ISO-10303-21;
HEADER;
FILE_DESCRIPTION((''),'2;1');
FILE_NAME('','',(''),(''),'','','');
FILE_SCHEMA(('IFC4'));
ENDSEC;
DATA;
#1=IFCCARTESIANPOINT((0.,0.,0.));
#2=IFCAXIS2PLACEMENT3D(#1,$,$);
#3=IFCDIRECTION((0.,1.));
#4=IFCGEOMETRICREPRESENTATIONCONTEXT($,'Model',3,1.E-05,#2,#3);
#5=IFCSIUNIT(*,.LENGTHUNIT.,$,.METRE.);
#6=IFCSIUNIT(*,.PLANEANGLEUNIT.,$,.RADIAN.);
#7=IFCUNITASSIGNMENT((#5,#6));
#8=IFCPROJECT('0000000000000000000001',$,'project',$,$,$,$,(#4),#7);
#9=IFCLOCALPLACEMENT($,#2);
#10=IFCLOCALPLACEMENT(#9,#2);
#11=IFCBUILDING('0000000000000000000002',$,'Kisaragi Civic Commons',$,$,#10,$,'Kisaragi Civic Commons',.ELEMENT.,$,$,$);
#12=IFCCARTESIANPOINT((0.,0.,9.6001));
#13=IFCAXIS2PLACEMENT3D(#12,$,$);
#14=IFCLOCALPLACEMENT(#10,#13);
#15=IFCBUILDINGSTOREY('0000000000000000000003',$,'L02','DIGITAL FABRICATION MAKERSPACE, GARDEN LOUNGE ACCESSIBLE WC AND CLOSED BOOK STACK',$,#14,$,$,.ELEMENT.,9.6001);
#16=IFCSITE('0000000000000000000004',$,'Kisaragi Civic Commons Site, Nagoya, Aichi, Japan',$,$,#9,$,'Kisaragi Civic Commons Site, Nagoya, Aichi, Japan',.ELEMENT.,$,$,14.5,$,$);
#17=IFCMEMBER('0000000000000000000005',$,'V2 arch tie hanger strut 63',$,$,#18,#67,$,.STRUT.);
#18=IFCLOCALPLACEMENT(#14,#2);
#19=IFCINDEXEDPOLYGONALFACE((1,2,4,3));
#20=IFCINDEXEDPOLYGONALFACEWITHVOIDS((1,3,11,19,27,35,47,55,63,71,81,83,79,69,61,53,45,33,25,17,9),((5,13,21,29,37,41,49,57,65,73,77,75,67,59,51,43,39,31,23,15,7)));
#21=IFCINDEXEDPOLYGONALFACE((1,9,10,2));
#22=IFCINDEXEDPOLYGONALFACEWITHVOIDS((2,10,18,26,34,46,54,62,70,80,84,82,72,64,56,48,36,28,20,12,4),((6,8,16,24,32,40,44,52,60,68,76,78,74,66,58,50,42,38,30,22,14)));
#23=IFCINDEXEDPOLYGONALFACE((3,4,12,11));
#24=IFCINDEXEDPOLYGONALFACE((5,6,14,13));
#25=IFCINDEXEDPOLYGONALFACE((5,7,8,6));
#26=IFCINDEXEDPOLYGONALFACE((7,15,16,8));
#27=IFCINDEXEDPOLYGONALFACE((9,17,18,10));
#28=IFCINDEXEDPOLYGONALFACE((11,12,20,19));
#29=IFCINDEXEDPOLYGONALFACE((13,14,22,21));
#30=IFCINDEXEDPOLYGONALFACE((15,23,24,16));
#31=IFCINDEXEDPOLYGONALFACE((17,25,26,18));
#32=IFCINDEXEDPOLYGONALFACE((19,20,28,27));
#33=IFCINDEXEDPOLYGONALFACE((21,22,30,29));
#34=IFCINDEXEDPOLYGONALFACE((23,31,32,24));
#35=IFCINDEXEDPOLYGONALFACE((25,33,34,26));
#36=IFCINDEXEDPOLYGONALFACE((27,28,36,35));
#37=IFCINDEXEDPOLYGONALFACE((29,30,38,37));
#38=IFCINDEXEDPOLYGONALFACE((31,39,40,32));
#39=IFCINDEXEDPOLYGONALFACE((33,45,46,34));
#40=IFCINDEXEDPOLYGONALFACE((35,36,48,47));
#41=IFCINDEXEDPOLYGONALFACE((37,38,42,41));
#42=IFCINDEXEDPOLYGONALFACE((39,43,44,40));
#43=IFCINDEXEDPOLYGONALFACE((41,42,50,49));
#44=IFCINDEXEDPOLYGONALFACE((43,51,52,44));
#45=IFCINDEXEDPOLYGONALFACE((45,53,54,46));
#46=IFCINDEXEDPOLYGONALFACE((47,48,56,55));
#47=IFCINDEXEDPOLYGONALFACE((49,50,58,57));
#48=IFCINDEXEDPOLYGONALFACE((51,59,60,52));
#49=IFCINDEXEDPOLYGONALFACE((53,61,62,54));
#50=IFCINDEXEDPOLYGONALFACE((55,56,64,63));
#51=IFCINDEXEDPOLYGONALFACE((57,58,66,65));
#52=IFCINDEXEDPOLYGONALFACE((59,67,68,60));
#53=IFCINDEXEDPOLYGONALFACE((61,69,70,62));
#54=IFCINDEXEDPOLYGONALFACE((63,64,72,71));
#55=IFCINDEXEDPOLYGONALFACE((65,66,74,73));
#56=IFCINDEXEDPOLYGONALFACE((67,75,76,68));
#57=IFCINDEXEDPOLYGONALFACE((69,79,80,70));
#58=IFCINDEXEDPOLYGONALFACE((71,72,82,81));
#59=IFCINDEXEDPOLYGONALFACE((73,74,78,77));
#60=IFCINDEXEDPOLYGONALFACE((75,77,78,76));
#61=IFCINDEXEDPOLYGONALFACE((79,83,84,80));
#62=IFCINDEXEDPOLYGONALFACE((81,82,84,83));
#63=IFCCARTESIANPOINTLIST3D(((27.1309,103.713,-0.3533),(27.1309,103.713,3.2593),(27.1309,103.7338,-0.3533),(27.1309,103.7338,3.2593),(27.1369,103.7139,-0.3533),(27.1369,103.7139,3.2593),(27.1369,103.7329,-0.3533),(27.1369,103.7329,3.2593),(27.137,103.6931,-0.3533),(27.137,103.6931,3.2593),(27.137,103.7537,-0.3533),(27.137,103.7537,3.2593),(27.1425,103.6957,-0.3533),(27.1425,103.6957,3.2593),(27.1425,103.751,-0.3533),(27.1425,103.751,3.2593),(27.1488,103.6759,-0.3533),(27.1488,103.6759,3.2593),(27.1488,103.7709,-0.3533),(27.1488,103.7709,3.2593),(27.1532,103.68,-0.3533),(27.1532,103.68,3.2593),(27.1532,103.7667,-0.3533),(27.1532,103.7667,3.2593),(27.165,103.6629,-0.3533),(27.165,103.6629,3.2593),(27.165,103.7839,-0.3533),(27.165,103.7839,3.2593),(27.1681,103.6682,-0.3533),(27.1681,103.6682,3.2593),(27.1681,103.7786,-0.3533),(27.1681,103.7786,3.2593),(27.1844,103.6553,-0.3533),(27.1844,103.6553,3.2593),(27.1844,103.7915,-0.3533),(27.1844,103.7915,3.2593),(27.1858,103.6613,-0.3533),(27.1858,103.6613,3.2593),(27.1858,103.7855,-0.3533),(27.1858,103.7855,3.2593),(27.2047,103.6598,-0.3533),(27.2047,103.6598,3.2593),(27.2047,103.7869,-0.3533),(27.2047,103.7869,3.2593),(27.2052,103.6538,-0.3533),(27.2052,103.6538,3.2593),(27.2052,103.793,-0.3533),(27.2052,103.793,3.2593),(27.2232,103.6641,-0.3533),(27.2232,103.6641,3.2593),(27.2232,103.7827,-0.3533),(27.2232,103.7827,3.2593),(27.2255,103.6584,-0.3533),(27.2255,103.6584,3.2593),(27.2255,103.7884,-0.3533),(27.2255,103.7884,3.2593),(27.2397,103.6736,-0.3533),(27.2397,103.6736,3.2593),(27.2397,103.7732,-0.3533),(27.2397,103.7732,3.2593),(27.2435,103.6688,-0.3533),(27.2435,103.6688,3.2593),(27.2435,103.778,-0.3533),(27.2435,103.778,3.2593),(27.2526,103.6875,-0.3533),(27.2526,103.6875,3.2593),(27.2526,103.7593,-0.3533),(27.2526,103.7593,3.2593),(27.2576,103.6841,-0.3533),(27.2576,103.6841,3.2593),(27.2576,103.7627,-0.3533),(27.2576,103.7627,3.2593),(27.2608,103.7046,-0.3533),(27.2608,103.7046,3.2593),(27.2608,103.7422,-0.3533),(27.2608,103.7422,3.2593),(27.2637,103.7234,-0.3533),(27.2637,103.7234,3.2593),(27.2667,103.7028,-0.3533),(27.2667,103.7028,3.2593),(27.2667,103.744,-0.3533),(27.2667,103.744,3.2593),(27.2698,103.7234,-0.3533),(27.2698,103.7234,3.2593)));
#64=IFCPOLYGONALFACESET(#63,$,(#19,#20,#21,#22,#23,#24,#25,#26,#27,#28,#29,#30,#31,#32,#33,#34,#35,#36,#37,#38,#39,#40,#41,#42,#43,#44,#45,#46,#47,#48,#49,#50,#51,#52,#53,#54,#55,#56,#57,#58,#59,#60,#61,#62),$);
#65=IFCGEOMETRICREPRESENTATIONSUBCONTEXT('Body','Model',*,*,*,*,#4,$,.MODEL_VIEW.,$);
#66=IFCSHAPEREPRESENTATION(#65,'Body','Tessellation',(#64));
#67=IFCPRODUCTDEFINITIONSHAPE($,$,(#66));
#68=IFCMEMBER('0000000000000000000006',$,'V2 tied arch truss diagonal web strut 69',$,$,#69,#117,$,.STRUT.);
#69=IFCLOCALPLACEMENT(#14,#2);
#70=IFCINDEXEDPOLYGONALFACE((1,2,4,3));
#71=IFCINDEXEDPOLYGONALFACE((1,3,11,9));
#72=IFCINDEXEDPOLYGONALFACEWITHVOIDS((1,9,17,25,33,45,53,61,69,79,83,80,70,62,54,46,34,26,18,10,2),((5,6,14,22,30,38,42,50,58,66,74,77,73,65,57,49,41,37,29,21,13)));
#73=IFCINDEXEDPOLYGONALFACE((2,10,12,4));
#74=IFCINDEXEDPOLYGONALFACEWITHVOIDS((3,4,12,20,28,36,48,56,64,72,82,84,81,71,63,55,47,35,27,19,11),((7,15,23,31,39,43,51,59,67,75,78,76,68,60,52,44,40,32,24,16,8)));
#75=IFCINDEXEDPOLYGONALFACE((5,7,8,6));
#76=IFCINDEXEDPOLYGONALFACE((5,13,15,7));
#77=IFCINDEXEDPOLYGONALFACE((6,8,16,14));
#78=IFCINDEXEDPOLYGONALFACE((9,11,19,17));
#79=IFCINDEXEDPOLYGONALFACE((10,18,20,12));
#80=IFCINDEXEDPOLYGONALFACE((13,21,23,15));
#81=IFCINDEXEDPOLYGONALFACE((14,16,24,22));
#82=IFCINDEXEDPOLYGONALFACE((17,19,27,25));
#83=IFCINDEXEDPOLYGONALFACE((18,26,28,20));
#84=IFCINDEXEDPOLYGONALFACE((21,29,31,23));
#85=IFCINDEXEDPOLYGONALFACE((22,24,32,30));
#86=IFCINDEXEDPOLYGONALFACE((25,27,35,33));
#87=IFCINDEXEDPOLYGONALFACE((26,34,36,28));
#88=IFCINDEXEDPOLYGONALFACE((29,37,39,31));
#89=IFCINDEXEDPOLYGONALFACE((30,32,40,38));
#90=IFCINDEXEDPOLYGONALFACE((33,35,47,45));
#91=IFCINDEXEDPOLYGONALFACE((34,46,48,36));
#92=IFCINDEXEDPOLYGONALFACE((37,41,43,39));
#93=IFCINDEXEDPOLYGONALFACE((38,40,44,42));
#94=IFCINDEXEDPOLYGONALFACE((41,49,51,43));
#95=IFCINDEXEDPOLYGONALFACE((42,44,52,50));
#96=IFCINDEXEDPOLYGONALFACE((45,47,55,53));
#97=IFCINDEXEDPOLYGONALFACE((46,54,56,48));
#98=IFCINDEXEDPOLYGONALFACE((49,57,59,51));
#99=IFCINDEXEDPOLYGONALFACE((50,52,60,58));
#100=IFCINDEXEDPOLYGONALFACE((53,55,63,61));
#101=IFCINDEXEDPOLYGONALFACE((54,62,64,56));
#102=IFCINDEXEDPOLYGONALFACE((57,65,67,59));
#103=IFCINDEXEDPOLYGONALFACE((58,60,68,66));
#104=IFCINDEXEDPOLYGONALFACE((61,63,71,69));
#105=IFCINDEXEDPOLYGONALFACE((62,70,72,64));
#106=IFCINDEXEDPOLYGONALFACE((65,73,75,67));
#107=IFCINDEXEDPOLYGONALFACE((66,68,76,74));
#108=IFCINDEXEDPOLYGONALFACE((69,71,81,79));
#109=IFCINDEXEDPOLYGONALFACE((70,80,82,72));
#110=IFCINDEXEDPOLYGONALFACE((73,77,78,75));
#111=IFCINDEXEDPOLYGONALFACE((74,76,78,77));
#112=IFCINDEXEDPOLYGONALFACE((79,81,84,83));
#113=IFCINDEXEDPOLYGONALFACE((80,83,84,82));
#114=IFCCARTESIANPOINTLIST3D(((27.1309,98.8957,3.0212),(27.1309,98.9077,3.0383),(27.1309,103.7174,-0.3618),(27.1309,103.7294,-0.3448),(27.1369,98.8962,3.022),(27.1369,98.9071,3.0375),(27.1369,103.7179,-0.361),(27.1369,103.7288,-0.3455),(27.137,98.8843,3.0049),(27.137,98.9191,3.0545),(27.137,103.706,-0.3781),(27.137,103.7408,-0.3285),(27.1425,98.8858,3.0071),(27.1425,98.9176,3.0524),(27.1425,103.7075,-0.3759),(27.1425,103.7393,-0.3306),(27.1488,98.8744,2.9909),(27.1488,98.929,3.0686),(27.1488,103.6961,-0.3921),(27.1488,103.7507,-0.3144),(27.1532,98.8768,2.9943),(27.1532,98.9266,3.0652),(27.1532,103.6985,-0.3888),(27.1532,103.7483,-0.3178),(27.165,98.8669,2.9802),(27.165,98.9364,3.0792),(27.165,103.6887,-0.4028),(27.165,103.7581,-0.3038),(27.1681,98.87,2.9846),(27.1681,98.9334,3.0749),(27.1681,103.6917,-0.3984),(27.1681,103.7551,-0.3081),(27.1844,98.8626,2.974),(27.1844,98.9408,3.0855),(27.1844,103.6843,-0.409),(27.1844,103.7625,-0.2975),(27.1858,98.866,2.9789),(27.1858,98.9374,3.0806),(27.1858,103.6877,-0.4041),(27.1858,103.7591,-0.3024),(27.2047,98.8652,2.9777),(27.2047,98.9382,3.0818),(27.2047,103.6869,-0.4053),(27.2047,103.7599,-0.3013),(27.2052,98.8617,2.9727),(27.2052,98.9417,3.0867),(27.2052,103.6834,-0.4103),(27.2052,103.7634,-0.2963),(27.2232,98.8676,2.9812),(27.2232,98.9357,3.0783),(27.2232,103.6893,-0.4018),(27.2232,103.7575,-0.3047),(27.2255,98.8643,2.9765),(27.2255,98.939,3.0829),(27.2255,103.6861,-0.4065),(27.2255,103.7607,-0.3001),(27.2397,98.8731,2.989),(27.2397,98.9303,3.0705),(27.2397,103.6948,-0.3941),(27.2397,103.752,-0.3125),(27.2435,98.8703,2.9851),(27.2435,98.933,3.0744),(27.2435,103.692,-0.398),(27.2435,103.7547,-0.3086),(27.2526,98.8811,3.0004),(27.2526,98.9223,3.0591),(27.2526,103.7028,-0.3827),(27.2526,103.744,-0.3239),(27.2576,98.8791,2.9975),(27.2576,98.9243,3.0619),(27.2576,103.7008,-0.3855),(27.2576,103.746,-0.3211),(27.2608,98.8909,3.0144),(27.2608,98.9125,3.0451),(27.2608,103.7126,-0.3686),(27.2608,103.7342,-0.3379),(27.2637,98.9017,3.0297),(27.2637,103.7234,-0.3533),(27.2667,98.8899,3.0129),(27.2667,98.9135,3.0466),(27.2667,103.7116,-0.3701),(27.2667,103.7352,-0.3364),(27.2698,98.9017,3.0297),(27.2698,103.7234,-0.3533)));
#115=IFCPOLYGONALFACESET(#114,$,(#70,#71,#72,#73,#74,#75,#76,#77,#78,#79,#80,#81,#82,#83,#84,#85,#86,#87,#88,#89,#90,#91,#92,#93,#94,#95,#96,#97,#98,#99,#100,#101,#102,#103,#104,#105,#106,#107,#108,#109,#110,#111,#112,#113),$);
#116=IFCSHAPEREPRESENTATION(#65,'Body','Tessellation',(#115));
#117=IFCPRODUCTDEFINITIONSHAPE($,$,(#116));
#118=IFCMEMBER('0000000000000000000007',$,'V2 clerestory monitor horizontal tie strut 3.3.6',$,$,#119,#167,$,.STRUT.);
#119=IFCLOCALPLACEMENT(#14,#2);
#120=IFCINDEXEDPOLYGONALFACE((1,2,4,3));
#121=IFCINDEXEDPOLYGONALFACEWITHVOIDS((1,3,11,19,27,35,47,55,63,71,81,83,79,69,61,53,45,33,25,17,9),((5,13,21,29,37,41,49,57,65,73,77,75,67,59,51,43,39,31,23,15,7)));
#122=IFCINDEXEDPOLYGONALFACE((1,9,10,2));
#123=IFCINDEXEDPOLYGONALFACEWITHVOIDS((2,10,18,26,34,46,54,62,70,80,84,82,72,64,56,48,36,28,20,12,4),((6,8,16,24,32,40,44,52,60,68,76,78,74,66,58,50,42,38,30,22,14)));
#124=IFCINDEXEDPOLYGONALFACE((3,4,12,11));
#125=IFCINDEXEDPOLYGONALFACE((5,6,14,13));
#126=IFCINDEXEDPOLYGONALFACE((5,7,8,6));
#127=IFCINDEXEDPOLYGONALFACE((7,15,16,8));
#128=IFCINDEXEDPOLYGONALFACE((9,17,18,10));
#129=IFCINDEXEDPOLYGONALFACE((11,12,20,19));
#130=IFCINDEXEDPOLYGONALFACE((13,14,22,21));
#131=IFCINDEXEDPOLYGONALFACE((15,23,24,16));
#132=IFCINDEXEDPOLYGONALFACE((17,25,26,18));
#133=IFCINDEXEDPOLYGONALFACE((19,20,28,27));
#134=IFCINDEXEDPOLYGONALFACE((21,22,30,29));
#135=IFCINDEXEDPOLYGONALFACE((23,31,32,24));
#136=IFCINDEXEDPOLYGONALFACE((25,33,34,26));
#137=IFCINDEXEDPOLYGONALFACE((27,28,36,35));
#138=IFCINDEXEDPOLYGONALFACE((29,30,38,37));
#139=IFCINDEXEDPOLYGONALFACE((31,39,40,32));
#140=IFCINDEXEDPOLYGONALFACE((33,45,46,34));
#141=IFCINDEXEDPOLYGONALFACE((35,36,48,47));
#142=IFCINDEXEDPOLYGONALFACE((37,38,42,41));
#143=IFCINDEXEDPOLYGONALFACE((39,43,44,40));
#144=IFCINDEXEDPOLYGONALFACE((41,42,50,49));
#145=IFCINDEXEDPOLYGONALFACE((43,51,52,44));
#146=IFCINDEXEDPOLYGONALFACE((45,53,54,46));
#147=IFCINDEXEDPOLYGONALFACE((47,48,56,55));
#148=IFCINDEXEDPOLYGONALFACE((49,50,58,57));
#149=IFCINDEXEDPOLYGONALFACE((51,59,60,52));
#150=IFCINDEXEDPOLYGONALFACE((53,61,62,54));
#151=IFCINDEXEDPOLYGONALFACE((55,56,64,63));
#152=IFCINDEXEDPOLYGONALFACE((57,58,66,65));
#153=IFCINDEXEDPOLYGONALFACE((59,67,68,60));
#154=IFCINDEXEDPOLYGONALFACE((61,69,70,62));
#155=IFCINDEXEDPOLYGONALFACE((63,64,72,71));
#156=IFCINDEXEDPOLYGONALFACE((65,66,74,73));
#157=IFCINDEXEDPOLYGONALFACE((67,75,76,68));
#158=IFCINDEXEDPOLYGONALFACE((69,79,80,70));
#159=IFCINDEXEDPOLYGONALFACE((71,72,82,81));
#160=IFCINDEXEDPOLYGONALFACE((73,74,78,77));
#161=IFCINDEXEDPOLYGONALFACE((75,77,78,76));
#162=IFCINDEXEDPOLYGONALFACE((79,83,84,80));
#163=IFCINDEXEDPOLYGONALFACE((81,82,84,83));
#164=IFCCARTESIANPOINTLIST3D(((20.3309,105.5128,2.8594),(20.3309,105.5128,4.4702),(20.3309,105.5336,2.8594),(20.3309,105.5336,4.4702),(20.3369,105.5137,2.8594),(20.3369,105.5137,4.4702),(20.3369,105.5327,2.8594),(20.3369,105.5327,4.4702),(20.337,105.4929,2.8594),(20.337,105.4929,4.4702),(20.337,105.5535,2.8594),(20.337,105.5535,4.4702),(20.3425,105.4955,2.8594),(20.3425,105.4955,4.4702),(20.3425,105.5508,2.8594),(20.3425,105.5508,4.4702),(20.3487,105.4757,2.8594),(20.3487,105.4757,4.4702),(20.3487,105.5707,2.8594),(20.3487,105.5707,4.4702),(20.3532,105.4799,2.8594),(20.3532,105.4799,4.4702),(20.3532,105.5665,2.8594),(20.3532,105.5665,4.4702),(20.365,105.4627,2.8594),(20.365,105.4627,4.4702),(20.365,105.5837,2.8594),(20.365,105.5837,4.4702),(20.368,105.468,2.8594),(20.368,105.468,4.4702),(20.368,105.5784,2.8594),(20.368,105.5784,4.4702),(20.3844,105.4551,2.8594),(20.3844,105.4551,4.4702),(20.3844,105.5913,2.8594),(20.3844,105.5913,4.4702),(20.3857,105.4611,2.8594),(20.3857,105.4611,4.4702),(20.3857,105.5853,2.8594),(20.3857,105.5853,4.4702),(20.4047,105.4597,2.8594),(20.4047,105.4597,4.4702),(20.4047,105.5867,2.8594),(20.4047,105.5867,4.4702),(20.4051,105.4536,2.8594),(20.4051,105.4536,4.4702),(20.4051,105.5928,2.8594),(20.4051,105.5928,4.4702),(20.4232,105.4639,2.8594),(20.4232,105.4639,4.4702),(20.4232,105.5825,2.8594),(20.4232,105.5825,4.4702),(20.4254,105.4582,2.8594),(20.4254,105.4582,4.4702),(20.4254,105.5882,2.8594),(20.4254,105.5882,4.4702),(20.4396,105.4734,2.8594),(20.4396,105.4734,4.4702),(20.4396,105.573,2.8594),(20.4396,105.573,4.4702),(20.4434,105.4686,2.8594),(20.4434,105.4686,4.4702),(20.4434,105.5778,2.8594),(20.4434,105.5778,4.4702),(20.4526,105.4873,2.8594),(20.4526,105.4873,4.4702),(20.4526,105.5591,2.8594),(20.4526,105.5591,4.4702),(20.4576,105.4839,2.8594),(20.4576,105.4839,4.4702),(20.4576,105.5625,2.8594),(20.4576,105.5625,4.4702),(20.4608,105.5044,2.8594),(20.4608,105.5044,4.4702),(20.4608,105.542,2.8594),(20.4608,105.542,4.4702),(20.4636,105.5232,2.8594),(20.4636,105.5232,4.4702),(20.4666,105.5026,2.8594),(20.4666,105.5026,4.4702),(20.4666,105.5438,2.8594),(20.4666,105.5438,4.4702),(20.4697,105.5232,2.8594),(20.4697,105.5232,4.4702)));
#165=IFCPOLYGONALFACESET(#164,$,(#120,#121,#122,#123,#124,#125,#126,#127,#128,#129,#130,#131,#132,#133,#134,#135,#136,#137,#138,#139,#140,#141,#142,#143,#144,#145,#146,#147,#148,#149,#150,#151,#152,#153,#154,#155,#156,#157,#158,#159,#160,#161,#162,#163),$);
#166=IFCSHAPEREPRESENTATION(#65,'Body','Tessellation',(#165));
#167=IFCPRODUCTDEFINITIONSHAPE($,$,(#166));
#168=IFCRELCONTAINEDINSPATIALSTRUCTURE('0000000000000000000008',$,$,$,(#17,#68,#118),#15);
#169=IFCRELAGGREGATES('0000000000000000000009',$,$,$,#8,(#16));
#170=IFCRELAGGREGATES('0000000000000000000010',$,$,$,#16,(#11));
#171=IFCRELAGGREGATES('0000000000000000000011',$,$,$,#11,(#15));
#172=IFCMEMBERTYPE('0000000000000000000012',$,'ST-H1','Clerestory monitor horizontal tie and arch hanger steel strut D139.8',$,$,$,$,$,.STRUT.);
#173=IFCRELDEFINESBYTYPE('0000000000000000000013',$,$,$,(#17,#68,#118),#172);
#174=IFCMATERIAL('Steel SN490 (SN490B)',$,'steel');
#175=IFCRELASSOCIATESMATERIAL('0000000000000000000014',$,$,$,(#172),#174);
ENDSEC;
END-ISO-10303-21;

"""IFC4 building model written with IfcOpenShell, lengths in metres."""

from ifc_helpers import new_model, si_unit, direction, frame, origin, origin_2d, place, context, subcontext, project, spatial, hollow_circle, extrude, material, material_profile, profile_set, type_object, element, save


model = new_model("IFC4")

# Units and contexts
model_context = context("Model", 3, precision=1e-05, world=origin(), true_north=direction((0.0, 1.0)))
body_context = subcontext(model_context, "Body", "Model", "MODEL_VIEW")
ifc_project = project(units=[si_unit("LENGTHUNIT", "METRE"), si_unit("PLANEANGLEUNIT", "RADIAN")], contexts=[model_context])

# Site, building, storey
site_placement = place(None, origin())
site = spatial("IfcSite", under=ifc_project, at=site_placement, Name="Kisaragi Civic Commons Site, Nagoya, Aichi, Japan", LongName="Kisaragi Civic Commons Site, Nagoya, Aichi, Japan", CompositionType="ELEMENT", RefElevation=14.5)
building_placement = place(site_placement, origin())
building = spatial("IfcBuilding", under=site, at=building_placement, Name="Kisaragi Civic Commons", LongName="Kisaragi Civic Commons", CompositionType="ELEMENT")
storey_placement = place(building_placement, frame((0.0, 0.0, 9.6001)))
storey = spatial("IfcBuildingStorey", under=building, at=storey_placement, Name="L02", Description="DIGITAL FABRICATION MAKERSPACE, GARDEN LOUNGE ACCESSIBLE WC AND CLOSED BOOK STACK", CompositionType="ELEMENT", Elevation=9.6001)

# Members
ifc_material_1 = material(Name="Steel SN490 (SN490B)", Category="steel")
ifc_material_profile_1 = material_profile(ifc_material_1, hollow_circle(Radius=0.0698, WallThickness=0.0061, at=origin_2d()), Name="CHS-139.8x6.0", Category="steel")
ifc_profile_set_1 = profile_set([ifc_material_profile_1], Name="Steel SN490 (SN490B)")
member_type_1 = type_object("IfcMemberType", Name="ST-H1", Description="Clerestory monitor horizontal tie and arch hanger steel strut D139.8", PredefinedType="STRUT", material=ifc_profile_set_1)
member_1_placement = place(storey_placement, frame((27.2, 103.7234, -0.3533), z_axis=(0.0, 0.0, 1.0), x_axis=(1.0, 0.0, 0.0)))
element("IfcMember", 1, at=member_1_placement, inside=storey, type_object=member_type_1, Name="V2 arch tie hanger strut 63", PredefinedType="STRUT", context=body_context, shape_type="SweptSolid", body=[
    extrude(hollow_circle(Radius=0.0698, WallThickness=0.0061, at=origin_2d()), origin(), (0.0, 0.0, 1.0), 3.6125),
])
member_2_placement = place(storey_placement, frame((27.2, 103.7234, -0.3533), z_axis=(0.0, -0.818608, 0.574352), x_axis=(1.0, 0.0, 0.0)))
element("IfcMember", 2, at=member_2_placement, inside=storey, type_object=member_type_1, Name="V2 tied arch truss diagonal web strut 69", PredefinedType="STRUT", context=body_context, shape_type="SweptSolid", body=[
    extrude(hollow_circle(Radius=0.0698, WallThickness=0.0061, at=origin_2d()), origin(), (0.0, 0.0, 1.0), 5.8901),
])
member_3_placement = place(storey_placement, frame((20.3999, 105.5232, 2.8594), z_axis=(0.0, 0.0, 1.0), x_axis=(1.0, 0.0, 0.0)))
element("IfcMember", 3, at=member_3_placement, inside=storey, type_object=member_type_1, Name="V2 clerestory monitor horizontal tie strut 3.3.6", PredefinedType="STRUT", context=body_context, shape_type="SweptSolid", body=[
    extrude(hollow_circle(Radius=0.0698, WallThickness=0.0061, at=origin_2d()), origin(), (0.0, 0.0, 1.0), 1.6108),
])

save(model, "model.ifc")
